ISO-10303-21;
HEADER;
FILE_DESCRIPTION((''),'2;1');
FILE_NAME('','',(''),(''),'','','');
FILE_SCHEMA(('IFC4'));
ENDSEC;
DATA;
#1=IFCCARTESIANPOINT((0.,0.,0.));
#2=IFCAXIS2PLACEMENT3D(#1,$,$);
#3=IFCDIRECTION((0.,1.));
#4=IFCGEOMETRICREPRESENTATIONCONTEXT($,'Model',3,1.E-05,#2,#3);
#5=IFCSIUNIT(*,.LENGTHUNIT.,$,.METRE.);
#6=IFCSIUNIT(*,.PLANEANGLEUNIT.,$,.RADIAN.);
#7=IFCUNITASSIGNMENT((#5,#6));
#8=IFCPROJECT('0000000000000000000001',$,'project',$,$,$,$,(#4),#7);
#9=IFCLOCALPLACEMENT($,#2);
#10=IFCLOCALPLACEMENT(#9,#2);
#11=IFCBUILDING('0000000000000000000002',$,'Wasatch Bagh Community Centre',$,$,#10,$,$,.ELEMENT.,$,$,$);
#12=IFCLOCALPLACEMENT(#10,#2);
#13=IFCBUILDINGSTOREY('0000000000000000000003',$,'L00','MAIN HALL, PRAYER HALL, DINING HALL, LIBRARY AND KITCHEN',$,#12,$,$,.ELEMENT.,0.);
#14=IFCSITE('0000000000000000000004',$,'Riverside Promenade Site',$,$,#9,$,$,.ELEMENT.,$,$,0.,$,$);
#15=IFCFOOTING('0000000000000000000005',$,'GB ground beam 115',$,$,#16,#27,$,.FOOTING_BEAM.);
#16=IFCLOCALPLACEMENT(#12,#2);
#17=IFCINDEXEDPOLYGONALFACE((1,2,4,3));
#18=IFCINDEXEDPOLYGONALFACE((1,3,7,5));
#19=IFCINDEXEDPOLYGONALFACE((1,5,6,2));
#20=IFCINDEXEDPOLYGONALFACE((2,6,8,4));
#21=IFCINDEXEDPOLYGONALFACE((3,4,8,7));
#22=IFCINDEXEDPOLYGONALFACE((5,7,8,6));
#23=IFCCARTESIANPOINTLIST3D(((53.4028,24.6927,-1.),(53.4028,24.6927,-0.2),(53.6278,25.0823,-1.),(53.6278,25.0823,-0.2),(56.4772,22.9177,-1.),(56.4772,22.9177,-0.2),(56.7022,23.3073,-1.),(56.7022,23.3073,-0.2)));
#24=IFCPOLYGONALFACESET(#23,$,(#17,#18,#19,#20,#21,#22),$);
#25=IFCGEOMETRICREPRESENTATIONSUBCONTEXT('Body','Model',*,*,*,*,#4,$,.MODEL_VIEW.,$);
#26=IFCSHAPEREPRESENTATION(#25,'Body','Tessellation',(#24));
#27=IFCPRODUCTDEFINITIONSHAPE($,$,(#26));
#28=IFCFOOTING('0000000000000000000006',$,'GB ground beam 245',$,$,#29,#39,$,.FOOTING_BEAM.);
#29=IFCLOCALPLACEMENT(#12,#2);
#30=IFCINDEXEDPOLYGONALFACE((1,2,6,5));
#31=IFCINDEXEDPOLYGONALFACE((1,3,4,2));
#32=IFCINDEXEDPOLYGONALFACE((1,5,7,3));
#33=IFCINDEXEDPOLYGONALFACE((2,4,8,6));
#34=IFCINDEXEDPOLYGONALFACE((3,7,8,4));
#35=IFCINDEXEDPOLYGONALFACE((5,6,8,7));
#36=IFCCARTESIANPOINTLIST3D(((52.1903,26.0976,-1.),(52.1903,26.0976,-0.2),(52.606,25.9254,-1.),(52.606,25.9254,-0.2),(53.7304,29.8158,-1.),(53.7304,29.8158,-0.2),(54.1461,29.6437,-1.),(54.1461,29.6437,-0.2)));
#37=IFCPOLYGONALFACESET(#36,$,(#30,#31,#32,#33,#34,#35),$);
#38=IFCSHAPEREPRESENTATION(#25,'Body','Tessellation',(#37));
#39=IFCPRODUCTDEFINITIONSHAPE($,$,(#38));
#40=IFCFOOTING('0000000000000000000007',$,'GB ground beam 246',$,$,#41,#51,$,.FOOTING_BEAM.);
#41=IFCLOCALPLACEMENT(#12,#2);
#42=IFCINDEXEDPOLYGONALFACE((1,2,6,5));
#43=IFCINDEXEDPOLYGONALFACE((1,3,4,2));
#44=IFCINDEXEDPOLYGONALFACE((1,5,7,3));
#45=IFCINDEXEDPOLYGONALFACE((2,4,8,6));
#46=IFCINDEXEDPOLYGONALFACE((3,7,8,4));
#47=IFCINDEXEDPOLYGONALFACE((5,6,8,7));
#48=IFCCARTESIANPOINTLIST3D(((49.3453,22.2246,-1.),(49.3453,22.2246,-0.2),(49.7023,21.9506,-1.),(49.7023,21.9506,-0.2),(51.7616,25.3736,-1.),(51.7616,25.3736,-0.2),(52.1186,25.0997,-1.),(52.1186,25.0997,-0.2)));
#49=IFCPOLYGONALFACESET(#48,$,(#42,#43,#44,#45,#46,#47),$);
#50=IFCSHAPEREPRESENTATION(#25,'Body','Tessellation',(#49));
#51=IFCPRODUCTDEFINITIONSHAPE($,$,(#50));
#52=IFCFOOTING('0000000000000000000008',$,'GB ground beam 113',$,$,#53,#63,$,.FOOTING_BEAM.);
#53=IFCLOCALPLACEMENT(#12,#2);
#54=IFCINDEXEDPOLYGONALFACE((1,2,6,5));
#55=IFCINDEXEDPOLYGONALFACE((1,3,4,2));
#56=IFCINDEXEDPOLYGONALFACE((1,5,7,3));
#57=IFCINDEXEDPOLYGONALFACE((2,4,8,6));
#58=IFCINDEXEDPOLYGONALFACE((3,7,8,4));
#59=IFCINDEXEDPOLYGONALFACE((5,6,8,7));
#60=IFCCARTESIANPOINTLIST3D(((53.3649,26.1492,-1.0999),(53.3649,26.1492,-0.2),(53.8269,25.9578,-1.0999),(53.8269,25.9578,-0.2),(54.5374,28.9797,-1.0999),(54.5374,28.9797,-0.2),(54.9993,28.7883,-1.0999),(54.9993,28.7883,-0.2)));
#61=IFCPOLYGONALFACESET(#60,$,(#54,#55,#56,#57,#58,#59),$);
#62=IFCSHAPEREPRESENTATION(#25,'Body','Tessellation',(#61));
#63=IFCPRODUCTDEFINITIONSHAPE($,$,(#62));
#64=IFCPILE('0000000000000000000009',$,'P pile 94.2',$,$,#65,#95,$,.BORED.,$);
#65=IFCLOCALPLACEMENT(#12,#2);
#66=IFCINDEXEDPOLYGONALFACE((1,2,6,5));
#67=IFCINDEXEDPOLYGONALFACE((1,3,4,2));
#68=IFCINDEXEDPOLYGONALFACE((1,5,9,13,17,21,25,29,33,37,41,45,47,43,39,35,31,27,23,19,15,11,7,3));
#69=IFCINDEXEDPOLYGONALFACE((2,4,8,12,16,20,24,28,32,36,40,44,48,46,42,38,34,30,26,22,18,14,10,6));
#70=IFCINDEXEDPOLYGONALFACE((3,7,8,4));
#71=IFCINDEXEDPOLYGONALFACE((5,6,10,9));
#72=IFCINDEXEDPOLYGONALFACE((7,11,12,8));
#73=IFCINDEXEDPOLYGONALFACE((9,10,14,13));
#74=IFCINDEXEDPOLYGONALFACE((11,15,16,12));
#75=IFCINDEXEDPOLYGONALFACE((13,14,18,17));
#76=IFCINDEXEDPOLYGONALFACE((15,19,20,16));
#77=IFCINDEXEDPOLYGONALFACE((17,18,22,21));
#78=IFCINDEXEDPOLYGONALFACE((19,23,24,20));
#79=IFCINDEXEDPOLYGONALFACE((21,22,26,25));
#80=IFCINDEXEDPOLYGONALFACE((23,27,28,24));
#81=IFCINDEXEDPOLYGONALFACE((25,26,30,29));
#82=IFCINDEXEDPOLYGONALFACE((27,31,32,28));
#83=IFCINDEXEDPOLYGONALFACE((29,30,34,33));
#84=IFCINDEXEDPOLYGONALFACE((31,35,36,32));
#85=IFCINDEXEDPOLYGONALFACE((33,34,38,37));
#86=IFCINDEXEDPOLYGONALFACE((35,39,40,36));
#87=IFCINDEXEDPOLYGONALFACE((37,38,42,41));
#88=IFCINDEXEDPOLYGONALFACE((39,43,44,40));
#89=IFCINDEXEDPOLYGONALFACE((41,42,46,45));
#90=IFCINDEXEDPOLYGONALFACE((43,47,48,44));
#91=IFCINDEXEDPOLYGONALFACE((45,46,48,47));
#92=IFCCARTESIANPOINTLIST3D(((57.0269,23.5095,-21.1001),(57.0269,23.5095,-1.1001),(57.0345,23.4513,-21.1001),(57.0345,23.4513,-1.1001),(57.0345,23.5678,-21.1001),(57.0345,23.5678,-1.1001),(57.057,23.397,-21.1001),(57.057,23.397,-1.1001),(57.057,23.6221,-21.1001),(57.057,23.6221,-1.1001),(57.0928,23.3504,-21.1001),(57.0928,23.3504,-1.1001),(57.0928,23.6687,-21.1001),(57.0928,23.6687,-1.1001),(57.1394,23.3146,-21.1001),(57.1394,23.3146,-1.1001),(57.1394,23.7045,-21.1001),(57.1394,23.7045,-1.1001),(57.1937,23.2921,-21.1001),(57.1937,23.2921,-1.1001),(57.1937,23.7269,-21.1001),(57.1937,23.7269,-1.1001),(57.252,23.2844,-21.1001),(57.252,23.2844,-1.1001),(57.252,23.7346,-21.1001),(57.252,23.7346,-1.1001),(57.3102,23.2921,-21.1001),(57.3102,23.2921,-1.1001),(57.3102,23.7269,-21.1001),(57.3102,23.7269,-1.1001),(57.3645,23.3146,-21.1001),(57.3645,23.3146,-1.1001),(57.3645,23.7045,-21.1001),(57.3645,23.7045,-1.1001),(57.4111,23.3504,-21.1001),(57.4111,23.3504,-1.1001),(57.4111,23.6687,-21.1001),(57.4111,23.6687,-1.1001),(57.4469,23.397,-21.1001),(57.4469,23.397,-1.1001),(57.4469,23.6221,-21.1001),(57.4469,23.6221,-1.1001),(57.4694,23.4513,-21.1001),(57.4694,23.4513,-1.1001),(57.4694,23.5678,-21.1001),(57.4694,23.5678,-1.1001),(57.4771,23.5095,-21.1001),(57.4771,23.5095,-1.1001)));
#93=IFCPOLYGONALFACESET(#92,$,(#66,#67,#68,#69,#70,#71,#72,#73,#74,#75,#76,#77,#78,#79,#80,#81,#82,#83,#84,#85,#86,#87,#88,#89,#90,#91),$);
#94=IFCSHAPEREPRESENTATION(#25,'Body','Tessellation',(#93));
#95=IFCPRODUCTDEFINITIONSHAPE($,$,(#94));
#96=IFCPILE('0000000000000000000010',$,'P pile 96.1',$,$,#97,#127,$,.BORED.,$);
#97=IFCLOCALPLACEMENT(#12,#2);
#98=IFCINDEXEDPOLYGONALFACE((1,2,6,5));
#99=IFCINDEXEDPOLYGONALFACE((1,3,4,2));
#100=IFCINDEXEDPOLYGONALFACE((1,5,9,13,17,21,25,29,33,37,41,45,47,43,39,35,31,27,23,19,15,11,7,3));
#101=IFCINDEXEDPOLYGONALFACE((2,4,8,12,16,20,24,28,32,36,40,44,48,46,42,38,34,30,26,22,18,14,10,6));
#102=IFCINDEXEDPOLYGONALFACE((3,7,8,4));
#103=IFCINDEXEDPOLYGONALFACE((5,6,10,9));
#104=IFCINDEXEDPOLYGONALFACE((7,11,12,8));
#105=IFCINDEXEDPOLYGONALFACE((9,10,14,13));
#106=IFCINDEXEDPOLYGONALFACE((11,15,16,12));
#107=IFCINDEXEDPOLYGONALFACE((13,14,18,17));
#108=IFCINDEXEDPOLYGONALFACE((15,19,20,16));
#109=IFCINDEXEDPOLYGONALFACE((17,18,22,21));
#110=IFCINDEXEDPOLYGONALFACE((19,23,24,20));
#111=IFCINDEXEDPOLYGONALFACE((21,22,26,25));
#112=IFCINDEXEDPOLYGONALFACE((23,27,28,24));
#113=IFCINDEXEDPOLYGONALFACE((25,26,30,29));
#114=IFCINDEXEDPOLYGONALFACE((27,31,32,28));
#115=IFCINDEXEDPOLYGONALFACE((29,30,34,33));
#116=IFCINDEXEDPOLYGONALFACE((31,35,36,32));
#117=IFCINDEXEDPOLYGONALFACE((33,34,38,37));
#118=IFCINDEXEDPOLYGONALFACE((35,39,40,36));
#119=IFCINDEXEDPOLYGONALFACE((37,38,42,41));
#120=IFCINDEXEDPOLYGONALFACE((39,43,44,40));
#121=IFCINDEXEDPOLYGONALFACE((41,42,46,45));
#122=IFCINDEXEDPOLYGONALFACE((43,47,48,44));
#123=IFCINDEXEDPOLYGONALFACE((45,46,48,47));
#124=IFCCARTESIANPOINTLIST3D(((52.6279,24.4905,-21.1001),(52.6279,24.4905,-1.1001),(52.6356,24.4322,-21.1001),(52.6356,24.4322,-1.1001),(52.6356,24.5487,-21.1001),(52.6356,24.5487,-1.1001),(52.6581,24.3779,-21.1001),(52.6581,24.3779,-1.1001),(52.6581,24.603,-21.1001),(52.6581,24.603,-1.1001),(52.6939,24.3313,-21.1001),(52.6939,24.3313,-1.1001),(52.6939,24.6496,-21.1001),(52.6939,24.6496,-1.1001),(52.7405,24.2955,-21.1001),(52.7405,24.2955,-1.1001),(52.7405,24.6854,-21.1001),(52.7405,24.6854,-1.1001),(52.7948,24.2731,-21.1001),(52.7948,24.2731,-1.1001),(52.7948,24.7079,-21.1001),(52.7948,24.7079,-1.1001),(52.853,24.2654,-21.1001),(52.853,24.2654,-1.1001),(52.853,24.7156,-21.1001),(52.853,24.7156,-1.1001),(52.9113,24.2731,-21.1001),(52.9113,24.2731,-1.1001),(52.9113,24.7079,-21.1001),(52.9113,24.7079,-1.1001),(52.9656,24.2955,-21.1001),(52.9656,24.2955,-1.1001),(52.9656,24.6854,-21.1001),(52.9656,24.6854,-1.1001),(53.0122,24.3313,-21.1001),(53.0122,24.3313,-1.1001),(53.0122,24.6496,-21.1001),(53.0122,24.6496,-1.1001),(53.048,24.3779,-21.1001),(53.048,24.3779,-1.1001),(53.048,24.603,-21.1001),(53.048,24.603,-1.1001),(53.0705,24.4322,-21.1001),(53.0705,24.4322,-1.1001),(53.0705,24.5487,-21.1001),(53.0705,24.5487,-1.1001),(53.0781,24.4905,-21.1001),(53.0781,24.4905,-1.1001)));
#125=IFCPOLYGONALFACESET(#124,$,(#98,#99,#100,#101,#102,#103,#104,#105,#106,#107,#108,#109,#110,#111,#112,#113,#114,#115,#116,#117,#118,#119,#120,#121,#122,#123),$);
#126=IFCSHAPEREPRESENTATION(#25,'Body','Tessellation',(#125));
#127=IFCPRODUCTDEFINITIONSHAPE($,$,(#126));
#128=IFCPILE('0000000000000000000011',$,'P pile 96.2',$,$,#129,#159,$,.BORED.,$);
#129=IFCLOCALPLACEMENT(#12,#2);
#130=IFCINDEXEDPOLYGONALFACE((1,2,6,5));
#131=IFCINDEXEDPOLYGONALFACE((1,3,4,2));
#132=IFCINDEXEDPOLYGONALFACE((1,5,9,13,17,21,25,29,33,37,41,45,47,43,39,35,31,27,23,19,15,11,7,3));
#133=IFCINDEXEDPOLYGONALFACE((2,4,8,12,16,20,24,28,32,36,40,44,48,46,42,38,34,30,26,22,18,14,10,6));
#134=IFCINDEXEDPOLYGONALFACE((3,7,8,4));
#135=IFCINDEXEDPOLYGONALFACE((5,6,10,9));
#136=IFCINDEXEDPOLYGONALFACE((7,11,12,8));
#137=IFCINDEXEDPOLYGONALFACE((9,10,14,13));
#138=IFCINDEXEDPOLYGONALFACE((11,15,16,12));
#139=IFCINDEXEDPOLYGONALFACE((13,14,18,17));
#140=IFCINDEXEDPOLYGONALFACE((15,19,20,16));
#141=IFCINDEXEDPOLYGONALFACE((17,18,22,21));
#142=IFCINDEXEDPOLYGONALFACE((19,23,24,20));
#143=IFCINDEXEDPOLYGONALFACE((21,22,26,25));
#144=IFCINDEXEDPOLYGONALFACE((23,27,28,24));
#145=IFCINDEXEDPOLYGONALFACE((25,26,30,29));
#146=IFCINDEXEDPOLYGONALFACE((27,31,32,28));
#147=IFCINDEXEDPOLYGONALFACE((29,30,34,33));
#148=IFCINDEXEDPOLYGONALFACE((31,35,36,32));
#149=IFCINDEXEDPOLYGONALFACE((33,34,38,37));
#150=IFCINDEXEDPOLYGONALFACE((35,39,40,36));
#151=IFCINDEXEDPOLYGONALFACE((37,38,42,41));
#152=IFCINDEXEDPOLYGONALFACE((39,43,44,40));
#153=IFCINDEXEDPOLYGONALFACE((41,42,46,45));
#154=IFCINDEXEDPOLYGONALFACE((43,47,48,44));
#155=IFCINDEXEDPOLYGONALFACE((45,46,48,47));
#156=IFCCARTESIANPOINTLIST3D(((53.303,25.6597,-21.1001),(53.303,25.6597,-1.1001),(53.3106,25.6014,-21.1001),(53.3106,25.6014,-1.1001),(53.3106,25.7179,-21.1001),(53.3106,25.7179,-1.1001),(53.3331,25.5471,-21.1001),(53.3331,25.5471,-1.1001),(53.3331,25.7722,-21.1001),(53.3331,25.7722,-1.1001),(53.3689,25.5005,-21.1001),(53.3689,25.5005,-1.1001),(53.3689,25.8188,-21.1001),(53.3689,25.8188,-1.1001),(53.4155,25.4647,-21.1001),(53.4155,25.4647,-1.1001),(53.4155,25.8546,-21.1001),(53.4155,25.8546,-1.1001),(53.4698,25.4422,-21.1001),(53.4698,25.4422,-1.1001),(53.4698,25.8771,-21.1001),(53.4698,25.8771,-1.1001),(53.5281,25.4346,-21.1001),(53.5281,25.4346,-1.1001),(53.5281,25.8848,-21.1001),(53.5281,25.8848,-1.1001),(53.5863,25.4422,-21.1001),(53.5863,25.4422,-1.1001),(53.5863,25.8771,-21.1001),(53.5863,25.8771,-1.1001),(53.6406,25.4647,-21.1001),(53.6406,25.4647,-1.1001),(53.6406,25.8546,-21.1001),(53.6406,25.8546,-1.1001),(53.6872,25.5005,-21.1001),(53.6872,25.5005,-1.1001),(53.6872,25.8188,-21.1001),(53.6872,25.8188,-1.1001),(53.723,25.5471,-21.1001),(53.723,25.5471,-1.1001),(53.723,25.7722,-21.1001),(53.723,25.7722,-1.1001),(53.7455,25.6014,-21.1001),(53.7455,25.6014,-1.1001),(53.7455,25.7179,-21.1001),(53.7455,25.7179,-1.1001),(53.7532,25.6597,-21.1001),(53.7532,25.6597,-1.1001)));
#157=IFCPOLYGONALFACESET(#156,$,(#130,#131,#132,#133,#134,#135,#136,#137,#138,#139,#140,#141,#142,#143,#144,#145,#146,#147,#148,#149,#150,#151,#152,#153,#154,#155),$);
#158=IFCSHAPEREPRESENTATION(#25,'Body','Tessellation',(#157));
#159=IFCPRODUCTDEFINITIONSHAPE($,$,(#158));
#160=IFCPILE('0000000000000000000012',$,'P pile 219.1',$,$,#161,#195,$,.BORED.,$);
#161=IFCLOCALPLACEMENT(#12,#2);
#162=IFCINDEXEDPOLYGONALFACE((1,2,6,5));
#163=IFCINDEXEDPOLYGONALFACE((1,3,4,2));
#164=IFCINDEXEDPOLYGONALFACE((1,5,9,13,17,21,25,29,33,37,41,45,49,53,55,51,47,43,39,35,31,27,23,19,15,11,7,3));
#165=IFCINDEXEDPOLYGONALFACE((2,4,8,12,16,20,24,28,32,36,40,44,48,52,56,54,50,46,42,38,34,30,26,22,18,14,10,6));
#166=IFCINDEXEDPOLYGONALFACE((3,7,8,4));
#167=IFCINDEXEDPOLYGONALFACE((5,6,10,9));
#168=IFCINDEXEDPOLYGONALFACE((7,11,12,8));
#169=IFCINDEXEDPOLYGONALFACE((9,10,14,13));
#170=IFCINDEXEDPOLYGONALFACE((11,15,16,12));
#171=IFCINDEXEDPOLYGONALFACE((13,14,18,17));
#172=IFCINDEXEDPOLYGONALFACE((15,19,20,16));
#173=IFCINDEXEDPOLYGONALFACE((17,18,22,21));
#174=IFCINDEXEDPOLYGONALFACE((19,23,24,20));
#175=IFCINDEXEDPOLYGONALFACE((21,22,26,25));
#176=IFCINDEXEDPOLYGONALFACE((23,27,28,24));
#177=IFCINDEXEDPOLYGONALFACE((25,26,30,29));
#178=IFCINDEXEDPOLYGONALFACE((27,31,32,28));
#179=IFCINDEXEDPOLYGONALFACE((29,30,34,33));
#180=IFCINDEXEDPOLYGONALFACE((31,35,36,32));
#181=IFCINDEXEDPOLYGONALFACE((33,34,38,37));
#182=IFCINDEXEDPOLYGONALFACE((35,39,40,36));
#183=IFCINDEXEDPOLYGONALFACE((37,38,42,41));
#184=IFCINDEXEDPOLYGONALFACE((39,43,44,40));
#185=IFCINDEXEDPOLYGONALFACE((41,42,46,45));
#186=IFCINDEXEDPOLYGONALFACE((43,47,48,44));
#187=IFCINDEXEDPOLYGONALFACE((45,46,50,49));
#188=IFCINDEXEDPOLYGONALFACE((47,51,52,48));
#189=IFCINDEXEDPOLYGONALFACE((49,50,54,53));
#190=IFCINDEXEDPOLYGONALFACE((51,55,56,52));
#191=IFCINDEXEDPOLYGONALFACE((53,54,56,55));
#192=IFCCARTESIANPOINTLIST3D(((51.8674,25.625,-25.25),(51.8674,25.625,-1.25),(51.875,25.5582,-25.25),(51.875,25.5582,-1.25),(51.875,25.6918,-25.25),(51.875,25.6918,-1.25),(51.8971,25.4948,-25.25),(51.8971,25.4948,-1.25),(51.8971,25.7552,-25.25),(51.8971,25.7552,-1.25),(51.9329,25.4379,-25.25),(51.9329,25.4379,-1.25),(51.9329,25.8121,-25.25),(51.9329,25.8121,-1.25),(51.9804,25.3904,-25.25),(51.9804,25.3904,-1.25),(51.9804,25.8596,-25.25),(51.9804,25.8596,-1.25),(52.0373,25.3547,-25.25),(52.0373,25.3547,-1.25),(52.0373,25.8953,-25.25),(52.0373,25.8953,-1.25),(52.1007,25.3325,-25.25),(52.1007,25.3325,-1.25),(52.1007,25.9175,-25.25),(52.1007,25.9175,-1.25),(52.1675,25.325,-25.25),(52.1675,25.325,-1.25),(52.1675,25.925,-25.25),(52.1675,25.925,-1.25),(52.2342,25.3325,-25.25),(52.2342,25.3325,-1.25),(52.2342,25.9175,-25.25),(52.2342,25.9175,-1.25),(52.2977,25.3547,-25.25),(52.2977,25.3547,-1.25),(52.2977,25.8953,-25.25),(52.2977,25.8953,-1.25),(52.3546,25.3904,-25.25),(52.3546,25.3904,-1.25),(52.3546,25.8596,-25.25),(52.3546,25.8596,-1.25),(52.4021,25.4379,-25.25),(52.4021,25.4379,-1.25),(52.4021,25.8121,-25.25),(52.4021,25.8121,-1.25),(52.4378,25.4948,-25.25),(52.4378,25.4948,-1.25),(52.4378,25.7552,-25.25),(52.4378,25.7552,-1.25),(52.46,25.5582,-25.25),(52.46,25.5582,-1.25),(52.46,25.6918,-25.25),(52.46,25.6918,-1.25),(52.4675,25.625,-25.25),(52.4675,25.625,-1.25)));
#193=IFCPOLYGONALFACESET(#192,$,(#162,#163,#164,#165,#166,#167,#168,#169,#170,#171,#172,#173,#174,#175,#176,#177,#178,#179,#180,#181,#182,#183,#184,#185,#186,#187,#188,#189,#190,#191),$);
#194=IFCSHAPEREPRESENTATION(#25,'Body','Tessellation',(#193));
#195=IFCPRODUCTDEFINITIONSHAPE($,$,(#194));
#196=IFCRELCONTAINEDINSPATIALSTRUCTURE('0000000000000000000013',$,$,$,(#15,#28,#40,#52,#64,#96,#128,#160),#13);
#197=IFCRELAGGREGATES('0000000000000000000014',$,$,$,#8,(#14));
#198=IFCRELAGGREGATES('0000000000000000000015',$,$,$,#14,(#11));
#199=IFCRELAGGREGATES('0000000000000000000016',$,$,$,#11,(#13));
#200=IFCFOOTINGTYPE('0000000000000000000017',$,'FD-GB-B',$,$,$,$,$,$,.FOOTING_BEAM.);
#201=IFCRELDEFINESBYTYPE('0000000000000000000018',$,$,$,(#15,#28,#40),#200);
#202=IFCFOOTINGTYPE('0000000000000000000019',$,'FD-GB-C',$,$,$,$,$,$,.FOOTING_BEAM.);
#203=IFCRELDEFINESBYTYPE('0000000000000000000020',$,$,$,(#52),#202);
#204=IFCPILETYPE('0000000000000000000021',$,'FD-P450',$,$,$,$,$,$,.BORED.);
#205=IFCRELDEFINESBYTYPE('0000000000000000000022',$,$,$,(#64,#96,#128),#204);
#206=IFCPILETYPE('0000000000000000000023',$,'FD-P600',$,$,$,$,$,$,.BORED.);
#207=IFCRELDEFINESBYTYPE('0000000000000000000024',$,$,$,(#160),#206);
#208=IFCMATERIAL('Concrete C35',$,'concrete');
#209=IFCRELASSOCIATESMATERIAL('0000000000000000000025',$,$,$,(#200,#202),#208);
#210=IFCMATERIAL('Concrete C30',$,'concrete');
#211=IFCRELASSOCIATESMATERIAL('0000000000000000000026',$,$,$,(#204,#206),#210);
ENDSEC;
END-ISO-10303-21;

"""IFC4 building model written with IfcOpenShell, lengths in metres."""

from ifc_helpers import new_model, si_unit, direction, frame, origin, origin_2d, place, context, subcontext, project, spatial, rectangle, circle, extrude, material, material_profile, profile_set, type_object, element, save


model = new_model("IFC4")

# Units and contexts
model_context = context("Model", 3, precision=1e-05, world=origin(), true_north=direction((0.0, 1.0)))
body_context = subcontext(model_context, "Body", "Model", "MODEL_VIEW")
ifc_project = project(units=[si_unit("LENGTHUNIT", "METRE"), si_unit("PLANEANGLEUNIT", "RADIAN")], contexts=[model_context])

# Site, building, storey
site_placement = place(None, origin())
site = spatial("IfcSite", under=ifc_project, at=site_placement, Name="Riverside Promenade Site", CompositionType="ELEMENT", RefElevation=0.0)
building_placement = place(site_placement, origin())
building = spatial("IfcBuilding", under=site, at=building_placement, Name="Wasatch Bagh Community Centre", CompositionType="ELEMENT")
storey_placement = place(building_placement, origin())
storey = spatial("IfcBuildingStorey", under=building, at=storey_placement, Name="L00", Description="MAIN HALL, PRAYER HALL, DINING HALL, LIBRARY AND KITCHEN", CompositionType="ELEMENT", Elevation=0.0)

# Footings
ifc_material_1 = material(Name="Concrete C35", Category="concrete")
footing_type_1 = type_object("IfcFootingType", Name="FD-GB-B", PredefinedType="FOOTING_BEAM", material=ifc_material_1)
footing_1_placement = place(storey_placement, frame((55.0525, 24.0, -1.0), z_axis=(0.0, 0.0, 1.0), x_axis=(0.866025, -0.5, 0.0)))
element("IfcFooting", 1, at=footing_1_placement, inside=storey, type_object=footing_type_1, Name="GB ground beam 115", PredefinedType="FOOTING_BEAM", context=body_context, shape_type="SweptSolid", body=[
    extrude(rectangle(XDim=3.55, YDim=0.45, at=origin_2d()), origin(), (0.0, 0.0, 1.0), 0.8),
])
footing_2_placement = place(storey_placement, frame((53.1682, 27.8706, -1.0), z_axis=(0.0, 0.0, 1.0), x_axis=(0.382683, 0.92388, 0.0)))
element("IfcFooting", 2, at=footing_2_placement, inside=storey, type_object=footing_type_1, Name="GB ground beam 245", PredefinedType="FOOTING_BEAM", context=body_context, shape_type="SweptSolid", body=[
    extrude(rectangle(XDim=4.0247, YDim=0.45, at=origin_2d()), origin(), (0.0, 0.0, 1.0), 0.8),
])
footing_3_placement = place(storey_placement, frame((50.7319, 23.6621, -1.0), z_axis=(0.0, 0.0, 1.0), x_axis=(-0.608761, -0.793353, 0.0)))
element("IfcFooting", 3, at=footing_3_placement, inside=storey, type_object=footing_type_1, Name="GB ground beam 246", PredefinedType="FOOTING_BEAM", context=body_context, shape_type="SweptSolid", body=[
    extrude(rectangle(XDim=3.9692, YDim=0.45, at=origin_2d()), origin(), (0.0, 0.0, 1.0), 0.8),
])
footing_type_2 = type_object("IfcFootingType", Name="FD-GB-C", PredefinedType="FOOTING_BEAM", material=ifc_material_1)
footing_4_placement = place(storey_placement, frame((54.1821, 27.4688, -1.0999), z_axis=(0.0, 0.0, 1.0), x_axis=(0.382683, 0.92388, 0.0)))
element("IfcFooting", 4, at=footing_4_placement, inside=storey, type_object=footing_type_2, Name="GB ground beam 113", PredefinedType="FOOTING_BEAM", context=body_context, shape_type="SweptSolid", body=[
    extrude(rectangle(XDim=3.0637, YDim=0.5, at=origin_2d()), origin(), (0.0, 0.0, 1.0), 0.8999),
])

# Piles
ifc_material_2 = material(Name="Concrete C30", Category="concrete")
ifc_material_profile_1 = material_profile(ifc_material_2, circle(Radius=0.2251, at=origin_2d()), Name="RC D450")
ifc_profile_set_1 = profile_set([ifc_material_profile_1], Name="Concrete C30")
pile_type_1 = type_object("IfcPileType", Name="FD-P450", PredefinedType="BORED", material=ifc_profile_set_1)
for number, where, z_axis, x_axis, name in (
    (5, (57.252, 23.5095, -1.1001), (0.0, 0.0, -1.0), (1.0, 0.0, 0.0), "P pile 94.2"),
    (6, (52.853, 24.4905, -1.1001), (0.0, 0.0, -1.0), (1.0, 0.0, 0.0), "P pile 96.1"),
    (7, (53.5281, 25.6597, -1.1001), (0.0, 0.0, -1.0), (1.0, 0.0, 0.0), "P pile 96.2"),
):
    element("IfcPile", number, at=place(storey_placement, frame(where, z_axis=z_axis, x_axis=x_axis)), inside=storey, type_object=pile_type_1, Name=name, PredefinedType="BORED", context=body_context, shape_type="SweptSolid", body=[
        extrude(circle(Radius=0.2251, at=origin_2d()), origin(), (0.0, 0.0, 1.0), 20.0),
    ])
ifc_material_profile_2 = material_profile(ifc_material_2, circle(Radius=0.3, at=origin_2d()), Name="RC D600")
ifc_profile_set_2 = profile_set([ifc_material_profile_2], Name="Concrete C30")
pile_type_2 = type_object("IfcPileType", Name="FD-P600", PredefinedType="BORED", material=ifc_profile_set_2)
for number, where, z_axis, x_axis, name in (
    (8, (52.1675, 25.625, -1.25), (0.0, 0.0, -1.0), (1.0, 0.0, 0.0), "P pile 219.1"),
):
    element("IfcPile", number, at=place(storey_placement, frame(where, z_axis=z_axis, x_axis=x_axis)), inside=storey, type_object=pile_type_2, Name=name, PredefinedType="BORED", context=body_context, shape_type="SweptSolid", body=[
        extrude(circle(Radius=0.3, at=origin_2d()), origin(), (0.0, 0.0, 1.0), 24.0),
    ])

save(model, "model.ifc")
